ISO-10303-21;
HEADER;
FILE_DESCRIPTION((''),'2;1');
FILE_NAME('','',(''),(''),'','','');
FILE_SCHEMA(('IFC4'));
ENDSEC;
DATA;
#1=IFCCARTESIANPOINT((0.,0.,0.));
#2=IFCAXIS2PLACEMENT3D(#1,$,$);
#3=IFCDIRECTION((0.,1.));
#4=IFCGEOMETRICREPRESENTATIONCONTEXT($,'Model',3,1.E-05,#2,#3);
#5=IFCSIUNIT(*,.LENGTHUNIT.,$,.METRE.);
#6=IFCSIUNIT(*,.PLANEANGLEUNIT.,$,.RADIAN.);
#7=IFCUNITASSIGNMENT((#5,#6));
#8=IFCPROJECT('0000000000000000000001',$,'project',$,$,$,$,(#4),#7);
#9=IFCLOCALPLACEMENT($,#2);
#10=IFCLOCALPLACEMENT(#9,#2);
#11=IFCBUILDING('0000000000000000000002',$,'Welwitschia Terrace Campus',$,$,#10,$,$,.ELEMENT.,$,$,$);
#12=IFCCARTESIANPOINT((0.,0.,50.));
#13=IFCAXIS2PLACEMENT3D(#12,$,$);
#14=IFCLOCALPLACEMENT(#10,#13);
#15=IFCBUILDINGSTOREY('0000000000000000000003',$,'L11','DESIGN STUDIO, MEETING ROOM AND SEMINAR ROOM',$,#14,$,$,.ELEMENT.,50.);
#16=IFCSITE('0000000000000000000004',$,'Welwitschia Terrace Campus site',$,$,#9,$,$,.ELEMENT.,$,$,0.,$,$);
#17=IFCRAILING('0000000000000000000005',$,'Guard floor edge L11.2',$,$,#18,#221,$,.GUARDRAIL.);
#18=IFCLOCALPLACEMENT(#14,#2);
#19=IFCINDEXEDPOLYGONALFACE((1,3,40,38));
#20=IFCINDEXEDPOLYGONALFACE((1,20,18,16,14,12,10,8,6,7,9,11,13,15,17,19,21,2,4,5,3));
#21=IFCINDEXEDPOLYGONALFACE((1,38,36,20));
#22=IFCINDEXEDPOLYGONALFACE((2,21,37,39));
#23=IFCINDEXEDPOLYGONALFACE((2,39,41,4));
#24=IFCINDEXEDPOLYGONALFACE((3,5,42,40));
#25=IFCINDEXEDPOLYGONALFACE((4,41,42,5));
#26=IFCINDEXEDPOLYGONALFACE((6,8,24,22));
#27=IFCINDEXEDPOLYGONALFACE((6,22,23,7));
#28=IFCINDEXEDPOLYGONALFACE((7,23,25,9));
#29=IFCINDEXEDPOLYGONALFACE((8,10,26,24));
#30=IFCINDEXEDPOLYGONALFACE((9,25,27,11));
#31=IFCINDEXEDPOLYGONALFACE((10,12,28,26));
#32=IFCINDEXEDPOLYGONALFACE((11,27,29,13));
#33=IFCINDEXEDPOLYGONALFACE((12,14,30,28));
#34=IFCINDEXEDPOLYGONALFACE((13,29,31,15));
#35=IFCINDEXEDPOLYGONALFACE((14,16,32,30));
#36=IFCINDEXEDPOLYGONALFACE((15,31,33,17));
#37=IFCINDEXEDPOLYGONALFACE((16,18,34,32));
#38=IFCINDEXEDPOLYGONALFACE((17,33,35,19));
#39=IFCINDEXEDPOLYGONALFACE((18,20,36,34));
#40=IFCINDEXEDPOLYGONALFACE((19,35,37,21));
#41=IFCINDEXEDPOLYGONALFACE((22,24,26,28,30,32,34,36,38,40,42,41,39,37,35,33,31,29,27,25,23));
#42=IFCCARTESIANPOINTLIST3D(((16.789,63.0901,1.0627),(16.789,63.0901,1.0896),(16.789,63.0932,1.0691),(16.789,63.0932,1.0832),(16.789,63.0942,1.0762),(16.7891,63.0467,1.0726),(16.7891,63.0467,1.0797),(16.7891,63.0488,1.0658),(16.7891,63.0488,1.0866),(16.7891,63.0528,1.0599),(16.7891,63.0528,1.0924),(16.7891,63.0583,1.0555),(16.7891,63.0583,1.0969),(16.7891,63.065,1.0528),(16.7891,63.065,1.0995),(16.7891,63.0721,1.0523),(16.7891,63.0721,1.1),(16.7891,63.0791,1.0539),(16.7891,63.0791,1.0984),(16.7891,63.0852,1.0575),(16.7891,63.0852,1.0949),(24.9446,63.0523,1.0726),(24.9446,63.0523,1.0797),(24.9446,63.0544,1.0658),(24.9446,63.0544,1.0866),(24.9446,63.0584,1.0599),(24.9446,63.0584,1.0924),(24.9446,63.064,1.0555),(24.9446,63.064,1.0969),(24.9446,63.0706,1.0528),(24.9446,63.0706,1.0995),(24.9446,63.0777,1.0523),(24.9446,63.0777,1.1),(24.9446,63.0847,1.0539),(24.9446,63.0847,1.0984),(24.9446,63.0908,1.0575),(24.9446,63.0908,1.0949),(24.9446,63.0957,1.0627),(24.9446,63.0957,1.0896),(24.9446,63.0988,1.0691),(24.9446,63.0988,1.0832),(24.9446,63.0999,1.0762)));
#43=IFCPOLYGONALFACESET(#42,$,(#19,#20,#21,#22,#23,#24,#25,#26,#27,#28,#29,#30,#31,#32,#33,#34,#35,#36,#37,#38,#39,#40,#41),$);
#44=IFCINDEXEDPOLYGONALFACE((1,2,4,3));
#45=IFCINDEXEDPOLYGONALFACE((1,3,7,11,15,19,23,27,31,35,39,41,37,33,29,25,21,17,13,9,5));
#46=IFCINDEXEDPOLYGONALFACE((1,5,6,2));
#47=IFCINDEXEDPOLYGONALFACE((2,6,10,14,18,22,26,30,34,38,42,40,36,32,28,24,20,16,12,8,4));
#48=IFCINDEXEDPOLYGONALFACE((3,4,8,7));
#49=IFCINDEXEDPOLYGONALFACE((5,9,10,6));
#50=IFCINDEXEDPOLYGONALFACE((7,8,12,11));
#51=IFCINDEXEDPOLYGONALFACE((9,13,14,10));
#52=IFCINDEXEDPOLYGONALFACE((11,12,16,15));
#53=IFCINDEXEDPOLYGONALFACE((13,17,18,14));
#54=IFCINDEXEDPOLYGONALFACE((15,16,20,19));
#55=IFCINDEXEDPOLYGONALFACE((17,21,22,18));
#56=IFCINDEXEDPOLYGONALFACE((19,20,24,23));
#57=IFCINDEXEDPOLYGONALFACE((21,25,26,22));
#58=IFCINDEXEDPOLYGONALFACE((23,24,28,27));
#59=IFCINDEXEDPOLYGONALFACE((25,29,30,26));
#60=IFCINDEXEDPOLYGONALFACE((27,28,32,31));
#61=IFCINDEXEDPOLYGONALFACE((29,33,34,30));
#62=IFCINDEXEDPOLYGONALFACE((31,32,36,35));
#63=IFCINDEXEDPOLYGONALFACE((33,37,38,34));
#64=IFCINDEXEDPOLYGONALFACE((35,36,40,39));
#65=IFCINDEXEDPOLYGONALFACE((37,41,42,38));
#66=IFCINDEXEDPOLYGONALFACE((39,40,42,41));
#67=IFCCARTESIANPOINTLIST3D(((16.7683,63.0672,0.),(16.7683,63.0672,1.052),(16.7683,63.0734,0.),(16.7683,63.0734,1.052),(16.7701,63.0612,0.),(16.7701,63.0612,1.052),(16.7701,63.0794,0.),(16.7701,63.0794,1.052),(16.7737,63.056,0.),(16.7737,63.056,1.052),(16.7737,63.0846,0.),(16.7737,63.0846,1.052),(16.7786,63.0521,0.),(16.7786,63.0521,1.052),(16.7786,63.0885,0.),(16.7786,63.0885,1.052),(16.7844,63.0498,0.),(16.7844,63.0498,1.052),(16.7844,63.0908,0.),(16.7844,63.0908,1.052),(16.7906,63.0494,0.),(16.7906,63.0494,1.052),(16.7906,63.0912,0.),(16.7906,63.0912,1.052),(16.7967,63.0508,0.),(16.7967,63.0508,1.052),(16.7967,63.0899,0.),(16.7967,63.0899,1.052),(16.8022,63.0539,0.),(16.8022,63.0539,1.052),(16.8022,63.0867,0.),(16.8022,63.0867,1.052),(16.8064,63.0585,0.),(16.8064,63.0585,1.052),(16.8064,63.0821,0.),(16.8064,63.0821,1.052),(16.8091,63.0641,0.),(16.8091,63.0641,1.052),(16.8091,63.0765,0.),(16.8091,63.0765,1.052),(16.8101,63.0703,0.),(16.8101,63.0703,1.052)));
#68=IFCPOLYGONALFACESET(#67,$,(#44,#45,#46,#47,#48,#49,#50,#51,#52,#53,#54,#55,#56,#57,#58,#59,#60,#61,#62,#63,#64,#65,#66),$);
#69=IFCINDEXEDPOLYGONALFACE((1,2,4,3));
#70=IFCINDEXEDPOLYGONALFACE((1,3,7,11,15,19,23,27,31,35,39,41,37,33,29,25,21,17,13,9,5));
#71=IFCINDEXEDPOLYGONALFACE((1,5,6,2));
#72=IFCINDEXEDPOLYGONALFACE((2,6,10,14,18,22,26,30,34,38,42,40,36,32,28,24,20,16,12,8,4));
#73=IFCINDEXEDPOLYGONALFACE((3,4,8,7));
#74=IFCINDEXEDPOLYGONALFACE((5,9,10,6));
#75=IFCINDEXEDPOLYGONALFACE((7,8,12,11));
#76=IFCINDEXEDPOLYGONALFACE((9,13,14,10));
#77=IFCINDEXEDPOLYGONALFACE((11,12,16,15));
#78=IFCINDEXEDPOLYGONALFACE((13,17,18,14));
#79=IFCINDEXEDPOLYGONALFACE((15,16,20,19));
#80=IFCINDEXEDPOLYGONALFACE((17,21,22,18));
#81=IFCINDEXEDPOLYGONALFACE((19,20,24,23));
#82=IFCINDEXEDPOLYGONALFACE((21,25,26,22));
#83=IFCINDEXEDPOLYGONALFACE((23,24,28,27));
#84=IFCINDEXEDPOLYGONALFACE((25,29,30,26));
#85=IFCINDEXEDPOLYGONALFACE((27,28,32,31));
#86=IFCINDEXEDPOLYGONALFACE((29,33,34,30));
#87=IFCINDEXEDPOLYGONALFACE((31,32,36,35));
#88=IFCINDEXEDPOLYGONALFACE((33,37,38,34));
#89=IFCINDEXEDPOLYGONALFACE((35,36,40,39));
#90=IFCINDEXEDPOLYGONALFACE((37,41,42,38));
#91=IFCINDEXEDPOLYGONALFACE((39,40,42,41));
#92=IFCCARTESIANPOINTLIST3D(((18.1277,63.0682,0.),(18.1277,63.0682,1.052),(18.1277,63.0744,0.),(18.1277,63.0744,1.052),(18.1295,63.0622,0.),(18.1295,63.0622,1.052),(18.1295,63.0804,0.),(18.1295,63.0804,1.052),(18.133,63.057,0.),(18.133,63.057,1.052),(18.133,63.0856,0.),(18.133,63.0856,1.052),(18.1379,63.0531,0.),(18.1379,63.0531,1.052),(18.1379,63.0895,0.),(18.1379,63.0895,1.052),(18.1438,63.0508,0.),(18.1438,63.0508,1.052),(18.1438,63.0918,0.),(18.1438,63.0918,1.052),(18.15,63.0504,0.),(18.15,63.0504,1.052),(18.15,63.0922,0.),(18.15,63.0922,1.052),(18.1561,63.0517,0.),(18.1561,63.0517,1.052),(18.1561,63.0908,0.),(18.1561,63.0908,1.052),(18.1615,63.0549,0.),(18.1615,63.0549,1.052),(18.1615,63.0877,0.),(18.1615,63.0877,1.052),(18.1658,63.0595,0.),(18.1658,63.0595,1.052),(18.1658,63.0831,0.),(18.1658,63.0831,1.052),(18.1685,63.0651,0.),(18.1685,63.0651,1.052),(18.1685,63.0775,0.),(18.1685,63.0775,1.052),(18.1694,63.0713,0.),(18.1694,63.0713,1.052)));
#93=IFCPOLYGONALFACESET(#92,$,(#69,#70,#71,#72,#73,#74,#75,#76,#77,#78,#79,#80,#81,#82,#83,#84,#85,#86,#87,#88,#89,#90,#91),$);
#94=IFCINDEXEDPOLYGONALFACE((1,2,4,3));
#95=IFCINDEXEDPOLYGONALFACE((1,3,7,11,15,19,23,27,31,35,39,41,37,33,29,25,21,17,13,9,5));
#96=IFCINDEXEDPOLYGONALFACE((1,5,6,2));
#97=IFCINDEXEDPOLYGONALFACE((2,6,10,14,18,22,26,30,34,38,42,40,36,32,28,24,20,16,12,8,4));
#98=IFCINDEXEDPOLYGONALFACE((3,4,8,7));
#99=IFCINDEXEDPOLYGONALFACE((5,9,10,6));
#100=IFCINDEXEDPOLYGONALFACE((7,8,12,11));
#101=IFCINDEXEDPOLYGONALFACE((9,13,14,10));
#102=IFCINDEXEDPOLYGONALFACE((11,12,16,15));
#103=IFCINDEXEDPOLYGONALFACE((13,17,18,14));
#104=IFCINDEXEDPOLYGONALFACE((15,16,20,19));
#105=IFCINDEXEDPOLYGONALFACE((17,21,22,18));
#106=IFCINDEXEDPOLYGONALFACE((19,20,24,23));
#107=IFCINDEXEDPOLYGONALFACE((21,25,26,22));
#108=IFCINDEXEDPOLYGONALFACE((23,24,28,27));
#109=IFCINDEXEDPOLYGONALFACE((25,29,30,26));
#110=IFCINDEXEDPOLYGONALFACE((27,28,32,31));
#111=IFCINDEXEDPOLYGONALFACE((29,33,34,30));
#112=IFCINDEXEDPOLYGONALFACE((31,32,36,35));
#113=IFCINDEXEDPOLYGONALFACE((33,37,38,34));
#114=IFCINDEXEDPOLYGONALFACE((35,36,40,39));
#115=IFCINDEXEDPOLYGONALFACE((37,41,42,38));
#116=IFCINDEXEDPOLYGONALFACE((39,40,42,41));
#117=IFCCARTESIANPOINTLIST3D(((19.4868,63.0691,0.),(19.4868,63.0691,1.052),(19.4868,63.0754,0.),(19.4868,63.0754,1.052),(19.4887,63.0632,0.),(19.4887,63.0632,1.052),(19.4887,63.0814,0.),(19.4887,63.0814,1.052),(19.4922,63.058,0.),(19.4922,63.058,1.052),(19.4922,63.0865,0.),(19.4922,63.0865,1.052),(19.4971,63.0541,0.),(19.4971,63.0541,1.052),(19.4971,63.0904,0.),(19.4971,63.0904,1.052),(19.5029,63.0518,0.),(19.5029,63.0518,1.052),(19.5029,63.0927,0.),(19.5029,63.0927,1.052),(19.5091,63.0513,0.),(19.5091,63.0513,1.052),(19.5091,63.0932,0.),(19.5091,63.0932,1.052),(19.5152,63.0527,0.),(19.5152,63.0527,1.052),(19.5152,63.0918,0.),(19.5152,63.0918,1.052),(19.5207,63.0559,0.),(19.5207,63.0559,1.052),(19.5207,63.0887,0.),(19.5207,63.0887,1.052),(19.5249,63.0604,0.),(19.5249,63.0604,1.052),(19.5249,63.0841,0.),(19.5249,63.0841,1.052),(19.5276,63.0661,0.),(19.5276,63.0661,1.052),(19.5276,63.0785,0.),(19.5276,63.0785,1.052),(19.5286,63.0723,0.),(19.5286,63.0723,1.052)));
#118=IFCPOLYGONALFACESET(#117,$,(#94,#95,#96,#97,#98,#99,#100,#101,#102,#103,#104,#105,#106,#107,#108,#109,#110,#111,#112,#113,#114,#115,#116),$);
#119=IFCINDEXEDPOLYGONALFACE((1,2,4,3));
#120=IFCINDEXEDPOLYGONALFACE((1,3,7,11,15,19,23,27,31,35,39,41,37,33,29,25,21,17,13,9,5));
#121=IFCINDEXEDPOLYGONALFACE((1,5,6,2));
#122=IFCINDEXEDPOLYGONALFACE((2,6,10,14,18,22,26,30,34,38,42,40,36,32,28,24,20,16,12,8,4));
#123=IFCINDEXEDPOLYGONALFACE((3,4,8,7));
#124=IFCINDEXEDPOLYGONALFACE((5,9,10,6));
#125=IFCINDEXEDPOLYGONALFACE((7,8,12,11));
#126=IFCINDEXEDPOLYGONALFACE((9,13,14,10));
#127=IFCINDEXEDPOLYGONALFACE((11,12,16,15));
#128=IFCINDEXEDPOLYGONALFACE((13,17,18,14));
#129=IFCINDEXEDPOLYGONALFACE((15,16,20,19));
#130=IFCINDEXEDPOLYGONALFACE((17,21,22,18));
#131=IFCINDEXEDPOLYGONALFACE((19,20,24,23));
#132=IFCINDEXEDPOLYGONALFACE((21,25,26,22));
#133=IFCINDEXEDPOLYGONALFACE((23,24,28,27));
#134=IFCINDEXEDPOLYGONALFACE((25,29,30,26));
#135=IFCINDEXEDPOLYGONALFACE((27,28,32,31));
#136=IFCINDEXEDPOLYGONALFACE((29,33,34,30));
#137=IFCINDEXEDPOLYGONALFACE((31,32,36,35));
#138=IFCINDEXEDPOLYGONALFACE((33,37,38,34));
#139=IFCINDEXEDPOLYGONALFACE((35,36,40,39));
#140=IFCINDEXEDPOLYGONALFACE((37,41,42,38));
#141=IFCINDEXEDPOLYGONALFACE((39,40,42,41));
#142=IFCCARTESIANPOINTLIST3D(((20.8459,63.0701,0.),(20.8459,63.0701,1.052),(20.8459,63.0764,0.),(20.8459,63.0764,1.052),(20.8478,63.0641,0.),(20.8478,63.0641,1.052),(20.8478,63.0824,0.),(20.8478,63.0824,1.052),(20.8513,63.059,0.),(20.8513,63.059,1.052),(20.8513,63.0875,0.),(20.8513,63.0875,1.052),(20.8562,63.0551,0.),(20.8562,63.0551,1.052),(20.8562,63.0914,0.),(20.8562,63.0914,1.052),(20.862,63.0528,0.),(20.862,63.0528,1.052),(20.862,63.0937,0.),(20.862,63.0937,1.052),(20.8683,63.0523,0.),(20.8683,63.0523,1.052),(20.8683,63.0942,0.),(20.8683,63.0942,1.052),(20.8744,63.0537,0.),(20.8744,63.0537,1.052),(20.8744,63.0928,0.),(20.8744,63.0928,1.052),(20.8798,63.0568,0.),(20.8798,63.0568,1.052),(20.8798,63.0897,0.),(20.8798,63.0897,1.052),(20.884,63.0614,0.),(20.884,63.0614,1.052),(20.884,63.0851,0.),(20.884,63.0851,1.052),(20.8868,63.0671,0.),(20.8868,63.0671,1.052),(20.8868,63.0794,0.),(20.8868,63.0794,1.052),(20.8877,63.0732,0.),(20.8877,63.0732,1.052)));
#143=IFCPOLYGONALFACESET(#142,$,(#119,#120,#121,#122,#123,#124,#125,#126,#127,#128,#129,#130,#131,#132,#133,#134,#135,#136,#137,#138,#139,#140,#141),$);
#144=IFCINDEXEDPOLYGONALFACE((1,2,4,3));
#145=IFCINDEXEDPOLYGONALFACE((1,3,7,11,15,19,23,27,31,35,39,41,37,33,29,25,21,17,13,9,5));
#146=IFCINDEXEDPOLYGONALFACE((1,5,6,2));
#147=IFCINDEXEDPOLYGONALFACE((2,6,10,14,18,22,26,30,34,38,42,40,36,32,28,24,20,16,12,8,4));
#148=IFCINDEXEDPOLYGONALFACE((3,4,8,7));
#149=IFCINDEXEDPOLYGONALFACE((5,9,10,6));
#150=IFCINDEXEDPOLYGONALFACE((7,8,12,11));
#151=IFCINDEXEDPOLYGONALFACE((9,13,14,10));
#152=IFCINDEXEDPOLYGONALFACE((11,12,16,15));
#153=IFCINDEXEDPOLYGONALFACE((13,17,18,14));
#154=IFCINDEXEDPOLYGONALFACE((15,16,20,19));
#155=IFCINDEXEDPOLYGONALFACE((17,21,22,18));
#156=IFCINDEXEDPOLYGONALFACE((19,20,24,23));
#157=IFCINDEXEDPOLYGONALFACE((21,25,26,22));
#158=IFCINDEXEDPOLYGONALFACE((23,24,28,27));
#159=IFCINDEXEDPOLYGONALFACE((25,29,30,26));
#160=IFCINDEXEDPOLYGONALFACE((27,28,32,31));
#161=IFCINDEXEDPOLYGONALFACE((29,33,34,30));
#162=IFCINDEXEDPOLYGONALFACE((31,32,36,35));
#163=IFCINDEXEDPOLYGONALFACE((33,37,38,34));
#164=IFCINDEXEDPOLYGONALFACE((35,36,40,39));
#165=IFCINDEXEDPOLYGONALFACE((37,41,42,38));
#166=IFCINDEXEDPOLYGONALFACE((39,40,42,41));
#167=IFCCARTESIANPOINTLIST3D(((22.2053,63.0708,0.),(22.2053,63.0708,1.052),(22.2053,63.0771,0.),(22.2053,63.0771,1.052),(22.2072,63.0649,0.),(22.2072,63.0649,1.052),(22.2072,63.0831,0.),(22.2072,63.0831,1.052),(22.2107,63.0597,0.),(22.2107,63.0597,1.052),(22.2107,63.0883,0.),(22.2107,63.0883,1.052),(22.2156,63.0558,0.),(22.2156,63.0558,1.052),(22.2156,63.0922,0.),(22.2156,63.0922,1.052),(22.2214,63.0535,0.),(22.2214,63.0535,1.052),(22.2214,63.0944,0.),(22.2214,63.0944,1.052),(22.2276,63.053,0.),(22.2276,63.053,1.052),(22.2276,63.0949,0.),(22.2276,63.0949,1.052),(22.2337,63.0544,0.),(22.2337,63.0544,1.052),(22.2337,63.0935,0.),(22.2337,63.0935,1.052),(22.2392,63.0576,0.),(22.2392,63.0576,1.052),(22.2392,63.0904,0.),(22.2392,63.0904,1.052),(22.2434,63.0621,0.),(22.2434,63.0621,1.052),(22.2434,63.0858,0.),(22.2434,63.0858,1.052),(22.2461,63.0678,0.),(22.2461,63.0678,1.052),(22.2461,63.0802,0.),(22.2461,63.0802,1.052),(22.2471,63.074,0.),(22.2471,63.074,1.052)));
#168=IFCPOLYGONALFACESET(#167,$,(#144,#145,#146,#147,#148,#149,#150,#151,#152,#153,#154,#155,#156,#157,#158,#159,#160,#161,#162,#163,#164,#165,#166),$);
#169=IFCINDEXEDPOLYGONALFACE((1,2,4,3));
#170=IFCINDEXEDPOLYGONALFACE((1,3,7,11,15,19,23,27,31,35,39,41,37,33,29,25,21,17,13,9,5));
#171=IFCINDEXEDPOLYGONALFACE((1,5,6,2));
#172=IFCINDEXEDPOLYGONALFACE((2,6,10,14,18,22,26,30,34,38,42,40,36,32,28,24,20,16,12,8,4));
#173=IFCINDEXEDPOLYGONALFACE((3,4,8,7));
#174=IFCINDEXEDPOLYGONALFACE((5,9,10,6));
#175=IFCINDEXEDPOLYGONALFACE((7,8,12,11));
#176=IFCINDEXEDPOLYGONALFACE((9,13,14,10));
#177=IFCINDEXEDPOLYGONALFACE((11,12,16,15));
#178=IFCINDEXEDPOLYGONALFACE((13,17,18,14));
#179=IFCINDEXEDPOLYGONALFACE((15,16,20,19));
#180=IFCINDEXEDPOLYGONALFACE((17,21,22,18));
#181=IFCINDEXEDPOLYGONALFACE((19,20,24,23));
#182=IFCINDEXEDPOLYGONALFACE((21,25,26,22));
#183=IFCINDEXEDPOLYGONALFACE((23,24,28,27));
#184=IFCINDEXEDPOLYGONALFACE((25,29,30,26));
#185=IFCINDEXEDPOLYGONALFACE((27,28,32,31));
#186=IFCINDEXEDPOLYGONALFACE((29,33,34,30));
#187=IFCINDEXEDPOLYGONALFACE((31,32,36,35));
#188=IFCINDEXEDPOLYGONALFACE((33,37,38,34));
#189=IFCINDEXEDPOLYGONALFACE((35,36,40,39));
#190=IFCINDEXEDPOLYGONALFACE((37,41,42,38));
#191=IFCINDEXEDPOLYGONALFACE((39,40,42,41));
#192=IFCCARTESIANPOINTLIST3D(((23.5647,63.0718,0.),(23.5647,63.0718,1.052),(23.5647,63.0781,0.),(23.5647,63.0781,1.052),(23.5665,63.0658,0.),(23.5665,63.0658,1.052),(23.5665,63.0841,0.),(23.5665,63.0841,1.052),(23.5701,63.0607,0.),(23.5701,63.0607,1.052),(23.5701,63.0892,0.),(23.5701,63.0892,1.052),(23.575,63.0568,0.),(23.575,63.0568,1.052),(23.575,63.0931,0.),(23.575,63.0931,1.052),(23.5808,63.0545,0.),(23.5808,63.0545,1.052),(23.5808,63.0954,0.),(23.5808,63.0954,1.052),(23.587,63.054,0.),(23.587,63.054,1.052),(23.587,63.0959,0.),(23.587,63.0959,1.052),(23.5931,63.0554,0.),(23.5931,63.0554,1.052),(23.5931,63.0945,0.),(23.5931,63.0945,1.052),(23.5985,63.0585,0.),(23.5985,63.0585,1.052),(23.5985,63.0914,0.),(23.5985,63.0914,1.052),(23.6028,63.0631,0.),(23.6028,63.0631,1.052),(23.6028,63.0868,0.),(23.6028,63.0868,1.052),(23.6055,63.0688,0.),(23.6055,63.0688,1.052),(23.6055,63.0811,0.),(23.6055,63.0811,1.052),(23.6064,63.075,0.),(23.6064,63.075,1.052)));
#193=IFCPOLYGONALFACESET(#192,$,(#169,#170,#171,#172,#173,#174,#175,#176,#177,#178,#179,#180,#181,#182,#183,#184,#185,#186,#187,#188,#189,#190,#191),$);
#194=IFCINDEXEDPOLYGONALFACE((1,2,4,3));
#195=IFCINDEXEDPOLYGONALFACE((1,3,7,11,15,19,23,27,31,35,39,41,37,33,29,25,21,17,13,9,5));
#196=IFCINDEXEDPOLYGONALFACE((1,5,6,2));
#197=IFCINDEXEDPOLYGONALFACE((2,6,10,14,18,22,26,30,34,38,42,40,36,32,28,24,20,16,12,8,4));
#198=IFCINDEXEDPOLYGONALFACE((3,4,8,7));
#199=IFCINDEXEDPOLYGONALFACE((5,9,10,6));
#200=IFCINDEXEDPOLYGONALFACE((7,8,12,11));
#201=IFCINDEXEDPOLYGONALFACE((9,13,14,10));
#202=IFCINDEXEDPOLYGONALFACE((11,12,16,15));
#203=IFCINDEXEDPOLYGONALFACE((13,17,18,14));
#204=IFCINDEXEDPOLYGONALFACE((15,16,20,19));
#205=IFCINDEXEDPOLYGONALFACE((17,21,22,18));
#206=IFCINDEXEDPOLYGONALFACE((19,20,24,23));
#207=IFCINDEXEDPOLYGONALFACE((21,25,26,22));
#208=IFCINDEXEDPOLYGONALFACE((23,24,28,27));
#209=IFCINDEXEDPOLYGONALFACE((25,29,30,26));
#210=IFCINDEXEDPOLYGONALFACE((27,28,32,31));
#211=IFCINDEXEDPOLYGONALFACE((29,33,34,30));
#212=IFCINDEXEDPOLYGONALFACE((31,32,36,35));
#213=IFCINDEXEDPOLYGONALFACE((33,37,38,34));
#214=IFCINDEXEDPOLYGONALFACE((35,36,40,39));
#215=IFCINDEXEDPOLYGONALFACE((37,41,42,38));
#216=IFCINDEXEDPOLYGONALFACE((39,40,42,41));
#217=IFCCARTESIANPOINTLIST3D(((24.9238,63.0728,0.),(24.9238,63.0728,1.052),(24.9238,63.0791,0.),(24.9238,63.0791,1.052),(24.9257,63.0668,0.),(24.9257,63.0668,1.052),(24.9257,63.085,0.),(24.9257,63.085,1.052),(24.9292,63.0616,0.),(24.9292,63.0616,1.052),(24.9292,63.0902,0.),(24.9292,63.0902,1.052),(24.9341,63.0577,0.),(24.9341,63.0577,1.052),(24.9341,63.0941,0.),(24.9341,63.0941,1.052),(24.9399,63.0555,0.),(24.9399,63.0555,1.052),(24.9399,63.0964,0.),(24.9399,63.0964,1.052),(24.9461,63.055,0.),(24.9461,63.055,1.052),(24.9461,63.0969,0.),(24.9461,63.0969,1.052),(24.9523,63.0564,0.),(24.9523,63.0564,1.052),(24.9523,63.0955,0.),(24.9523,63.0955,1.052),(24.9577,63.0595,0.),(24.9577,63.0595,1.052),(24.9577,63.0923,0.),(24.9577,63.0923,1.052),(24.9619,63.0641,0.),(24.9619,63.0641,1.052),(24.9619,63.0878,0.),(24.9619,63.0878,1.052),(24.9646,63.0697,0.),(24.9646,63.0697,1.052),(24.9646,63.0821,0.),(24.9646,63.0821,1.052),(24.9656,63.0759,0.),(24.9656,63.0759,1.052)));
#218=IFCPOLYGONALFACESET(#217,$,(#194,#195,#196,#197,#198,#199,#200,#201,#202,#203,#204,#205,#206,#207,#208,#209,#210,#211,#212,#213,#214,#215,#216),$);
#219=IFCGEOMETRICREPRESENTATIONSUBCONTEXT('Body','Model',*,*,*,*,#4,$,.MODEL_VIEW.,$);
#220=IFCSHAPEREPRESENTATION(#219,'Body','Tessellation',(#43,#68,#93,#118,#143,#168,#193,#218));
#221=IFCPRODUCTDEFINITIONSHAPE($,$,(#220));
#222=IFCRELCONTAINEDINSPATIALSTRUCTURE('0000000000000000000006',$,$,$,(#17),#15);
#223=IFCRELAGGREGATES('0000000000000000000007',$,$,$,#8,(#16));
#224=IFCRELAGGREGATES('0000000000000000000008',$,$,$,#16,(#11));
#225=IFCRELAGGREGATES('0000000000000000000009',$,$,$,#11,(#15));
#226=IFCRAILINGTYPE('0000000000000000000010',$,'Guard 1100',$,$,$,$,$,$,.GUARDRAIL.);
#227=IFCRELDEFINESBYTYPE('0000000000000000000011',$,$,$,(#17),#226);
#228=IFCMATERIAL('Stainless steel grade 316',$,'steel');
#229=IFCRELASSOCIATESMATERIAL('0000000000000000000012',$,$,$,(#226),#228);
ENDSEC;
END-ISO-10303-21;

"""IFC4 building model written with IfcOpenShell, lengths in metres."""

from ifc_helpers import new_model, si_unit, direction, frame, origin, origin_2d, place, context, subcontext, project, spatial, circle, extrude, material, type_object, element, save


model = new_model("IFC4")

# Units and contexts
model_context = context("Model", 3, precision=1e-05, world=origin(), true_north=direction((0.0, 1.0)))
body_context = subcontext(model_context, "Body", "Model", "MODEL_VIEW")
ifc_project = project(units=[si_unit("LENGTHUNIT", "METRE"), si_unit("PLANEANGLEUNIT", "RADIAN")], contexts=[model_context])

# Site, building, storey
site_placement = place(None, origin())
site = spatial("IfcSite", under=ifc_project, at=site_placement, Name="Welwitschia Terrace Campus site", CompositionType="ELEMENT", RefElevation=0.0)
building_placement = place(site_placement, origin())
building = spatial("IfcBuilding", under=site, at=building_placement, Name="Welwitschia Terrace Campus", CompositionType="ELEMENT")
storey_placement = place(building_placement, frame((0.0, 0.0, 50.0)))
storey = spatial("IfcBuildingStorey", under=building, at=storey_placement, Name="L11", Description="DESIGN STUDIO, MEETING ROOM AND SEMINAR ROOM", CompositionType="ELEMENT", Elevation=50.0)

# Railing
ifc_material_1 = material(Name="Stainless steel grade 316", Category="steel")
railing_type = type_object("IfcRailingType", Name="Guard 1100", PredefinedType="GUARDRAIL", material=ifc_material_1)
railing_placement = place(storey_placement, frame((16.7891, 63.0703, 0.0)))
element("IfcRailing", 1, at=railing_placement, inside=storey, type_object=railing_type, Name="Guard floor edge L11.2", PredefinedType="GUARDRAIL", context=body_context, shape_type="SweptSolid", body=[
    extrude(circle(Radius=0.0239, at=origin_2d()), frame((0.0, 0.0, 1.0762), z_axis=(1.0, 0.000689, 0.0), x_axis=(-0.000689, 1.0, 0.0)), (0.0, 0.0, 1.0), 8.1555),
    extrude(circle(Radius=0.021, at=origin_2d()), origin(), (0.0, 0.0, 1.0), 1.052),
    extrude(circle(Radius=0.021, at=origin_2d()), frame((1.3594, 0.001, 0.0)), (0.0, 0.0, 1.0), 1.052),
    extrude(circle(Radius=0.021, at=origin_2d()), frame((2.7185, 0.002, 0.0)), (0.0, 0.0, 1.0), 1.052),
    extrude(circle(Radius=0.021, at=origin_2d()), frame((4.0776, 0.0029, 0.0)), (0.0, 0.0, 1.0), 1.052),
    extrude(circle(Radius=0.021, at=origin_2d()), frame((5.437, 0.0037, 0.0)), (0.0, 0.0, 1.0), 1.052),
    extrude(circle(Radius=0.021, at=origin_2d()), frame((6.7964, 0.0046, 0.0)), (0.0, 0.0, 1.0), 1.052),
    extrude(circle(Radius=0.021, at=origin_2d()), frame((8.1555, 0.0056, 0.0)), (0.0, 0.0, 1.0), 1.052),
])

save(model, "model.ifc")
